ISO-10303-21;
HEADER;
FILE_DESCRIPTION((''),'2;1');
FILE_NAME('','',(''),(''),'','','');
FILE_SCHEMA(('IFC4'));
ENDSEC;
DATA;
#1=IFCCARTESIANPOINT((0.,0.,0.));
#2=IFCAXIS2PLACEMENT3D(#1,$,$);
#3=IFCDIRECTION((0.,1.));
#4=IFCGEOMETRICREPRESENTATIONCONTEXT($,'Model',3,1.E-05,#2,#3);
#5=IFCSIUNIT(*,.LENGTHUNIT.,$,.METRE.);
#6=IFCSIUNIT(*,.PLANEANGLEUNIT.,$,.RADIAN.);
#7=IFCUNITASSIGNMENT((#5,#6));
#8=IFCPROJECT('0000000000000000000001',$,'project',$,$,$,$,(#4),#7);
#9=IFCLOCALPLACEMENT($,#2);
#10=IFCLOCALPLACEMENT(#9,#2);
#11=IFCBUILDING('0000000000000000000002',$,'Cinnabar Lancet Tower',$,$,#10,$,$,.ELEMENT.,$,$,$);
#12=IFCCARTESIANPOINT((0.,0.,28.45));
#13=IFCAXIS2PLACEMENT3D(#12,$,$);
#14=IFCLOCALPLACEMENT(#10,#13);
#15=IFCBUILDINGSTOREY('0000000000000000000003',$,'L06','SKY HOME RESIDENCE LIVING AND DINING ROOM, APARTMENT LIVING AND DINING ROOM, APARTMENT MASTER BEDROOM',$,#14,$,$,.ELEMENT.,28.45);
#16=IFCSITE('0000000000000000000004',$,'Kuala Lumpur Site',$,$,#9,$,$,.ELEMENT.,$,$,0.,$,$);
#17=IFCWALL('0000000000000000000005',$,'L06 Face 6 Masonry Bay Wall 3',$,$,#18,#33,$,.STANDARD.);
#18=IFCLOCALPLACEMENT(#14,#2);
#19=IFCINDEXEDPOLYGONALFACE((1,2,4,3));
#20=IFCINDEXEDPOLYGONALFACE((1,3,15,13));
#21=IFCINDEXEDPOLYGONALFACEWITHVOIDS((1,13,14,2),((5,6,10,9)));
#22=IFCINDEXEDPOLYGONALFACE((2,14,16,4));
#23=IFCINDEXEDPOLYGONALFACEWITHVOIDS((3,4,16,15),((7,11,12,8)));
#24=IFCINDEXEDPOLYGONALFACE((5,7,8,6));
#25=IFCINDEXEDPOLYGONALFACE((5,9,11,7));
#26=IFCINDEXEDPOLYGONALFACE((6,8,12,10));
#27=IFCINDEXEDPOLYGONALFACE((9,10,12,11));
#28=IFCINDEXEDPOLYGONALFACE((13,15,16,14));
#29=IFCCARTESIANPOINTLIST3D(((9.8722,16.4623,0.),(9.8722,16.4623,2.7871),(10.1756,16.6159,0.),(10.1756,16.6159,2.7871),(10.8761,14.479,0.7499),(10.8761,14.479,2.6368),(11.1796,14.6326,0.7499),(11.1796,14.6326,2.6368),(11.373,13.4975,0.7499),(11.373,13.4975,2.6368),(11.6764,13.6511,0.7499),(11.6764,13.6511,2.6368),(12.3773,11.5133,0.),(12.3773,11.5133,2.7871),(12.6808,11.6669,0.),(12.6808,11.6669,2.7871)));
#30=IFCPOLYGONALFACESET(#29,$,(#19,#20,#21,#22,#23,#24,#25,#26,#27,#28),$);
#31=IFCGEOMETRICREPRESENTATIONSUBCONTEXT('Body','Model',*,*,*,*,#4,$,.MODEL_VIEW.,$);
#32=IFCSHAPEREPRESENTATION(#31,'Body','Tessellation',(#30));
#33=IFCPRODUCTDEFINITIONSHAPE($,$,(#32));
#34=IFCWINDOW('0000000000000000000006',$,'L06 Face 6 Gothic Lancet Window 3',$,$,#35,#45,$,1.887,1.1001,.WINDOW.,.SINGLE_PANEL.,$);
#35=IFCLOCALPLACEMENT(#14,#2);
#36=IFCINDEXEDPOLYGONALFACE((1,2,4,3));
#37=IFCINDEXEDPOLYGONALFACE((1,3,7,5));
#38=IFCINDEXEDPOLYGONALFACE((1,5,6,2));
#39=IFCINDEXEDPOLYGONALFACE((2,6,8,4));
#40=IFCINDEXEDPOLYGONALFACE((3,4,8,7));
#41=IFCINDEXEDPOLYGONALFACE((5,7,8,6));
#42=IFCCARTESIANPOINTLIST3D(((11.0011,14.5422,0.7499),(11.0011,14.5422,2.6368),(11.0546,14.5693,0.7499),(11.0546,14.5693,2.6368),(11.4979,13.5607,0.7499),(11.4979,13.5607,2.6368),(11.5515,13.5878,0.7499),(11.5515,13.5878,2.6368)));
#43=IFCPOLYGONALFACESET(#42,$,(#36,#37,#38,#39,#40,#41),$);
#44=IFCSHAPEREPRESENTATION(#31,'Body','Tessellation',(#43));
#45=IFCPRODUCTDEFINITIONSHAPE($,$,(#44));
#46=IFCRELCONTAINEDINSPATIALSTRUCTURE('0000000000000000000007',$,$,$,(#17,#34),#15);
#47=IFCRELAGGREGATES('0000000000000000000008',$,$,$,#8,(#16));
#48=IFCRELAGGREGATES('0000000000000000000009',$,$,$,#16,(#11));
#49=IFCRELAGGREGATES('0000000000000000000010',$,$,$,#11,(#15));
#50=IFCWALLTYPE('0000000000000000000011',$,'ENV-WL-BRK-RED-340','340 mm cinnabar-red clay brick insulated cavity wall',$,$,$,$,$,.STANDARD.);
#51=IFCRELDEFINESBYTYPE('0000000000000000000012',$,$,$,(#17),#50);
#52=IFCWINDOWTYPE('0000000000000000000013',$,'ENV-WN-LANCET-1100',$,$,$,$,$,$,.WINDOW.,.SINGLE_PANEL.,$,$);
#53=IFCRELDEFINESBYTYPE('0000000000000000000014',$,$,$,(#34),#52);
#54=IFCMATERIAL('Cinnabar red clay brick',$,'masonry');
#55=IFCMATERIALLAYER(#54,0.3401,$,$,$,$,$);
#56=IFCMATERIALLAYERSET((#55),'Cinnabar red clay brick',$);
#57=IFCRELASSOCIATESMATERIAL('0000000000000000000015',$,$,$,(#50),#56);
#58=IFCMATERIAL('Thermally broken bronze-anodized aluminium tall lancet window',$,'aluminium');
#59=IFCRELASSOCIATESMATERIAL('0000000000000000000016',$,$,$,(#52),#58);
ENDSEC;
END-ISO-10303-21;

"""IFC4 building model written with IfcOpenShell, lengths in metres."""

from ifc_helpers import new_model, si_unit, direction, frame, frame_2d, origin, place, context, subcontext, project, spatial, rectangle, extrude, material, layer, layer_set, type_object, element, fill, save


model = new_model("IFC4")

# Units and contexts
model_context = context("Model", 3, precision=1e-05, world=origin(), true_north=direction((0.0, 1.0)))
body_context = subcontext(model_context, "Body", "Model", "MODEL_VIEW")
ifc_project = project(units=[si_unit("LENGTHUNIT", "METRE"), si_unit("PLANEANGLEUNIT", "RADIAN")], contexts=[model_context])

# Site, building, storey
site_placement = place(None, origin())
site = spatial("IfcSite", under=ifc_project, at=site_placement, Name="Kuala Lumpur Site", CompositionType="ELEMENT", RefElevation=0.0)
building_placement = place(site_placement, origin())
building = spatial("IfcBuilding", under=site, at=building_placement, Name="Cinnabar Lancet Tower", CompositionType="ELEMENT")
storey_placement = place(building_placement, frame((0.0, 0.0, 28.45)))
storey = spatial("IfcBuildingStorey", under=building, at=storey_placement, Name="L06", Description="SKY HOME RESIDENCE LIVING AND DINING ROOM, APARTMENT LIVING AND DINING ROOM, APARTMENT MASTER BEDROOM", CompositionType="ELEMENT", Elevation=28.45)

# Shared definitions
ifc_material_1 = material(Name="Cinnabar red clay brick", Category="masonry")
ifc_layer_1 = layer(ifc_material_1, 0.3401)
ifc_layer_set_1 = layer_set([ifc_layer_1], Name="Cinnabar red clay brick")
wall_type_1 = type_object("IfcWallType", Name="ENV-WL-BRK-RED-340", Description="340 mm cinnabar-red clay brick insulated cavity wall", PredefinedType="STANDARD", material=ifc_layer_set_1)

# Wall, opening, window
ifc_material_2 = material(Name="Thermally broken bronze-anodized aluminium tall lancet window", Category="aluminium")
window_type = type_object("IfcWindowType", Name="ENV-WN-LANCET-1100", PartitioningType="SINGLE_PANEL", PredefinedType="WINDOW", material=ifc_material_2)
wall_1_placement = place(storey_placement, frame((10.0239, 16.5391, 0.0), z_axis=(0.0, 0.0, 1.0), x_axis=(0.451627, -0.892207, 0.0)))
wall_1 = element("IfcWall", 1, at=wall_1_placement, inside=storey, type_object=wall_type_1, Name="L06 Face 6 Masonry Bay Wall 3", PredefinedType="STANDARD", context=body_context, shape_type="SweptSolid", body=[
    extrude(rectangle(XDim=5.5469, YDim=0.3401, at=frame_2d((2.7734, 0.0))), origin(), (0.0, 0.0, 1.0), 2.7871),
])
opening_1_placement = place(wall_1_placement, frame((2.2229, 0.0, 0.75)))
opening_1 = element("IfcOpeningElement", 2, at=opening_1_placement, cuts=wall_1, PredefinedType="OPENING", context=body_context, shape_type="SweptSolid", body=[
    extrude(rectangle(XDim=1.1001, YDim=1.887, at=frame_2d((0.55, 0.9434))), frame((0.0, 0.1799, 0.0), z_axis=(0.0, -1.0, 0.0), x_axis=(1.0, 0.0, 0.0)), (0.0, 0.0, 1.0), 0.3601),
])
window_1_placement = place(opening_1_placement, origin())
window_1 = element("IfcWindow", 3, at=window_1_placement, inside=storey, type_object=window_type, Name="L06 Face 6 Gothic Lancet Window 3", OverallHeight=1.887, OverallWidth=1.1001, PartitioningType="SINGLE_PANEL", PredefinedType="WINDOW", context=body_context, shape_type="SweptSolid", body=[
    extrude(rectangle(XDim=1.1001, YDim=1.887, at=frame_2d((0.55, 0.9434))), frame((0.0, 0.03, 0.0), z_axis=(0.0, -1.0, 0.0), x_axis=(1.0, 0.0, 0.0)), (0.0, 0.0, 1.0), 0.0601),
])
fill(opening_1, window_1)

save(model, "model.ifc")
